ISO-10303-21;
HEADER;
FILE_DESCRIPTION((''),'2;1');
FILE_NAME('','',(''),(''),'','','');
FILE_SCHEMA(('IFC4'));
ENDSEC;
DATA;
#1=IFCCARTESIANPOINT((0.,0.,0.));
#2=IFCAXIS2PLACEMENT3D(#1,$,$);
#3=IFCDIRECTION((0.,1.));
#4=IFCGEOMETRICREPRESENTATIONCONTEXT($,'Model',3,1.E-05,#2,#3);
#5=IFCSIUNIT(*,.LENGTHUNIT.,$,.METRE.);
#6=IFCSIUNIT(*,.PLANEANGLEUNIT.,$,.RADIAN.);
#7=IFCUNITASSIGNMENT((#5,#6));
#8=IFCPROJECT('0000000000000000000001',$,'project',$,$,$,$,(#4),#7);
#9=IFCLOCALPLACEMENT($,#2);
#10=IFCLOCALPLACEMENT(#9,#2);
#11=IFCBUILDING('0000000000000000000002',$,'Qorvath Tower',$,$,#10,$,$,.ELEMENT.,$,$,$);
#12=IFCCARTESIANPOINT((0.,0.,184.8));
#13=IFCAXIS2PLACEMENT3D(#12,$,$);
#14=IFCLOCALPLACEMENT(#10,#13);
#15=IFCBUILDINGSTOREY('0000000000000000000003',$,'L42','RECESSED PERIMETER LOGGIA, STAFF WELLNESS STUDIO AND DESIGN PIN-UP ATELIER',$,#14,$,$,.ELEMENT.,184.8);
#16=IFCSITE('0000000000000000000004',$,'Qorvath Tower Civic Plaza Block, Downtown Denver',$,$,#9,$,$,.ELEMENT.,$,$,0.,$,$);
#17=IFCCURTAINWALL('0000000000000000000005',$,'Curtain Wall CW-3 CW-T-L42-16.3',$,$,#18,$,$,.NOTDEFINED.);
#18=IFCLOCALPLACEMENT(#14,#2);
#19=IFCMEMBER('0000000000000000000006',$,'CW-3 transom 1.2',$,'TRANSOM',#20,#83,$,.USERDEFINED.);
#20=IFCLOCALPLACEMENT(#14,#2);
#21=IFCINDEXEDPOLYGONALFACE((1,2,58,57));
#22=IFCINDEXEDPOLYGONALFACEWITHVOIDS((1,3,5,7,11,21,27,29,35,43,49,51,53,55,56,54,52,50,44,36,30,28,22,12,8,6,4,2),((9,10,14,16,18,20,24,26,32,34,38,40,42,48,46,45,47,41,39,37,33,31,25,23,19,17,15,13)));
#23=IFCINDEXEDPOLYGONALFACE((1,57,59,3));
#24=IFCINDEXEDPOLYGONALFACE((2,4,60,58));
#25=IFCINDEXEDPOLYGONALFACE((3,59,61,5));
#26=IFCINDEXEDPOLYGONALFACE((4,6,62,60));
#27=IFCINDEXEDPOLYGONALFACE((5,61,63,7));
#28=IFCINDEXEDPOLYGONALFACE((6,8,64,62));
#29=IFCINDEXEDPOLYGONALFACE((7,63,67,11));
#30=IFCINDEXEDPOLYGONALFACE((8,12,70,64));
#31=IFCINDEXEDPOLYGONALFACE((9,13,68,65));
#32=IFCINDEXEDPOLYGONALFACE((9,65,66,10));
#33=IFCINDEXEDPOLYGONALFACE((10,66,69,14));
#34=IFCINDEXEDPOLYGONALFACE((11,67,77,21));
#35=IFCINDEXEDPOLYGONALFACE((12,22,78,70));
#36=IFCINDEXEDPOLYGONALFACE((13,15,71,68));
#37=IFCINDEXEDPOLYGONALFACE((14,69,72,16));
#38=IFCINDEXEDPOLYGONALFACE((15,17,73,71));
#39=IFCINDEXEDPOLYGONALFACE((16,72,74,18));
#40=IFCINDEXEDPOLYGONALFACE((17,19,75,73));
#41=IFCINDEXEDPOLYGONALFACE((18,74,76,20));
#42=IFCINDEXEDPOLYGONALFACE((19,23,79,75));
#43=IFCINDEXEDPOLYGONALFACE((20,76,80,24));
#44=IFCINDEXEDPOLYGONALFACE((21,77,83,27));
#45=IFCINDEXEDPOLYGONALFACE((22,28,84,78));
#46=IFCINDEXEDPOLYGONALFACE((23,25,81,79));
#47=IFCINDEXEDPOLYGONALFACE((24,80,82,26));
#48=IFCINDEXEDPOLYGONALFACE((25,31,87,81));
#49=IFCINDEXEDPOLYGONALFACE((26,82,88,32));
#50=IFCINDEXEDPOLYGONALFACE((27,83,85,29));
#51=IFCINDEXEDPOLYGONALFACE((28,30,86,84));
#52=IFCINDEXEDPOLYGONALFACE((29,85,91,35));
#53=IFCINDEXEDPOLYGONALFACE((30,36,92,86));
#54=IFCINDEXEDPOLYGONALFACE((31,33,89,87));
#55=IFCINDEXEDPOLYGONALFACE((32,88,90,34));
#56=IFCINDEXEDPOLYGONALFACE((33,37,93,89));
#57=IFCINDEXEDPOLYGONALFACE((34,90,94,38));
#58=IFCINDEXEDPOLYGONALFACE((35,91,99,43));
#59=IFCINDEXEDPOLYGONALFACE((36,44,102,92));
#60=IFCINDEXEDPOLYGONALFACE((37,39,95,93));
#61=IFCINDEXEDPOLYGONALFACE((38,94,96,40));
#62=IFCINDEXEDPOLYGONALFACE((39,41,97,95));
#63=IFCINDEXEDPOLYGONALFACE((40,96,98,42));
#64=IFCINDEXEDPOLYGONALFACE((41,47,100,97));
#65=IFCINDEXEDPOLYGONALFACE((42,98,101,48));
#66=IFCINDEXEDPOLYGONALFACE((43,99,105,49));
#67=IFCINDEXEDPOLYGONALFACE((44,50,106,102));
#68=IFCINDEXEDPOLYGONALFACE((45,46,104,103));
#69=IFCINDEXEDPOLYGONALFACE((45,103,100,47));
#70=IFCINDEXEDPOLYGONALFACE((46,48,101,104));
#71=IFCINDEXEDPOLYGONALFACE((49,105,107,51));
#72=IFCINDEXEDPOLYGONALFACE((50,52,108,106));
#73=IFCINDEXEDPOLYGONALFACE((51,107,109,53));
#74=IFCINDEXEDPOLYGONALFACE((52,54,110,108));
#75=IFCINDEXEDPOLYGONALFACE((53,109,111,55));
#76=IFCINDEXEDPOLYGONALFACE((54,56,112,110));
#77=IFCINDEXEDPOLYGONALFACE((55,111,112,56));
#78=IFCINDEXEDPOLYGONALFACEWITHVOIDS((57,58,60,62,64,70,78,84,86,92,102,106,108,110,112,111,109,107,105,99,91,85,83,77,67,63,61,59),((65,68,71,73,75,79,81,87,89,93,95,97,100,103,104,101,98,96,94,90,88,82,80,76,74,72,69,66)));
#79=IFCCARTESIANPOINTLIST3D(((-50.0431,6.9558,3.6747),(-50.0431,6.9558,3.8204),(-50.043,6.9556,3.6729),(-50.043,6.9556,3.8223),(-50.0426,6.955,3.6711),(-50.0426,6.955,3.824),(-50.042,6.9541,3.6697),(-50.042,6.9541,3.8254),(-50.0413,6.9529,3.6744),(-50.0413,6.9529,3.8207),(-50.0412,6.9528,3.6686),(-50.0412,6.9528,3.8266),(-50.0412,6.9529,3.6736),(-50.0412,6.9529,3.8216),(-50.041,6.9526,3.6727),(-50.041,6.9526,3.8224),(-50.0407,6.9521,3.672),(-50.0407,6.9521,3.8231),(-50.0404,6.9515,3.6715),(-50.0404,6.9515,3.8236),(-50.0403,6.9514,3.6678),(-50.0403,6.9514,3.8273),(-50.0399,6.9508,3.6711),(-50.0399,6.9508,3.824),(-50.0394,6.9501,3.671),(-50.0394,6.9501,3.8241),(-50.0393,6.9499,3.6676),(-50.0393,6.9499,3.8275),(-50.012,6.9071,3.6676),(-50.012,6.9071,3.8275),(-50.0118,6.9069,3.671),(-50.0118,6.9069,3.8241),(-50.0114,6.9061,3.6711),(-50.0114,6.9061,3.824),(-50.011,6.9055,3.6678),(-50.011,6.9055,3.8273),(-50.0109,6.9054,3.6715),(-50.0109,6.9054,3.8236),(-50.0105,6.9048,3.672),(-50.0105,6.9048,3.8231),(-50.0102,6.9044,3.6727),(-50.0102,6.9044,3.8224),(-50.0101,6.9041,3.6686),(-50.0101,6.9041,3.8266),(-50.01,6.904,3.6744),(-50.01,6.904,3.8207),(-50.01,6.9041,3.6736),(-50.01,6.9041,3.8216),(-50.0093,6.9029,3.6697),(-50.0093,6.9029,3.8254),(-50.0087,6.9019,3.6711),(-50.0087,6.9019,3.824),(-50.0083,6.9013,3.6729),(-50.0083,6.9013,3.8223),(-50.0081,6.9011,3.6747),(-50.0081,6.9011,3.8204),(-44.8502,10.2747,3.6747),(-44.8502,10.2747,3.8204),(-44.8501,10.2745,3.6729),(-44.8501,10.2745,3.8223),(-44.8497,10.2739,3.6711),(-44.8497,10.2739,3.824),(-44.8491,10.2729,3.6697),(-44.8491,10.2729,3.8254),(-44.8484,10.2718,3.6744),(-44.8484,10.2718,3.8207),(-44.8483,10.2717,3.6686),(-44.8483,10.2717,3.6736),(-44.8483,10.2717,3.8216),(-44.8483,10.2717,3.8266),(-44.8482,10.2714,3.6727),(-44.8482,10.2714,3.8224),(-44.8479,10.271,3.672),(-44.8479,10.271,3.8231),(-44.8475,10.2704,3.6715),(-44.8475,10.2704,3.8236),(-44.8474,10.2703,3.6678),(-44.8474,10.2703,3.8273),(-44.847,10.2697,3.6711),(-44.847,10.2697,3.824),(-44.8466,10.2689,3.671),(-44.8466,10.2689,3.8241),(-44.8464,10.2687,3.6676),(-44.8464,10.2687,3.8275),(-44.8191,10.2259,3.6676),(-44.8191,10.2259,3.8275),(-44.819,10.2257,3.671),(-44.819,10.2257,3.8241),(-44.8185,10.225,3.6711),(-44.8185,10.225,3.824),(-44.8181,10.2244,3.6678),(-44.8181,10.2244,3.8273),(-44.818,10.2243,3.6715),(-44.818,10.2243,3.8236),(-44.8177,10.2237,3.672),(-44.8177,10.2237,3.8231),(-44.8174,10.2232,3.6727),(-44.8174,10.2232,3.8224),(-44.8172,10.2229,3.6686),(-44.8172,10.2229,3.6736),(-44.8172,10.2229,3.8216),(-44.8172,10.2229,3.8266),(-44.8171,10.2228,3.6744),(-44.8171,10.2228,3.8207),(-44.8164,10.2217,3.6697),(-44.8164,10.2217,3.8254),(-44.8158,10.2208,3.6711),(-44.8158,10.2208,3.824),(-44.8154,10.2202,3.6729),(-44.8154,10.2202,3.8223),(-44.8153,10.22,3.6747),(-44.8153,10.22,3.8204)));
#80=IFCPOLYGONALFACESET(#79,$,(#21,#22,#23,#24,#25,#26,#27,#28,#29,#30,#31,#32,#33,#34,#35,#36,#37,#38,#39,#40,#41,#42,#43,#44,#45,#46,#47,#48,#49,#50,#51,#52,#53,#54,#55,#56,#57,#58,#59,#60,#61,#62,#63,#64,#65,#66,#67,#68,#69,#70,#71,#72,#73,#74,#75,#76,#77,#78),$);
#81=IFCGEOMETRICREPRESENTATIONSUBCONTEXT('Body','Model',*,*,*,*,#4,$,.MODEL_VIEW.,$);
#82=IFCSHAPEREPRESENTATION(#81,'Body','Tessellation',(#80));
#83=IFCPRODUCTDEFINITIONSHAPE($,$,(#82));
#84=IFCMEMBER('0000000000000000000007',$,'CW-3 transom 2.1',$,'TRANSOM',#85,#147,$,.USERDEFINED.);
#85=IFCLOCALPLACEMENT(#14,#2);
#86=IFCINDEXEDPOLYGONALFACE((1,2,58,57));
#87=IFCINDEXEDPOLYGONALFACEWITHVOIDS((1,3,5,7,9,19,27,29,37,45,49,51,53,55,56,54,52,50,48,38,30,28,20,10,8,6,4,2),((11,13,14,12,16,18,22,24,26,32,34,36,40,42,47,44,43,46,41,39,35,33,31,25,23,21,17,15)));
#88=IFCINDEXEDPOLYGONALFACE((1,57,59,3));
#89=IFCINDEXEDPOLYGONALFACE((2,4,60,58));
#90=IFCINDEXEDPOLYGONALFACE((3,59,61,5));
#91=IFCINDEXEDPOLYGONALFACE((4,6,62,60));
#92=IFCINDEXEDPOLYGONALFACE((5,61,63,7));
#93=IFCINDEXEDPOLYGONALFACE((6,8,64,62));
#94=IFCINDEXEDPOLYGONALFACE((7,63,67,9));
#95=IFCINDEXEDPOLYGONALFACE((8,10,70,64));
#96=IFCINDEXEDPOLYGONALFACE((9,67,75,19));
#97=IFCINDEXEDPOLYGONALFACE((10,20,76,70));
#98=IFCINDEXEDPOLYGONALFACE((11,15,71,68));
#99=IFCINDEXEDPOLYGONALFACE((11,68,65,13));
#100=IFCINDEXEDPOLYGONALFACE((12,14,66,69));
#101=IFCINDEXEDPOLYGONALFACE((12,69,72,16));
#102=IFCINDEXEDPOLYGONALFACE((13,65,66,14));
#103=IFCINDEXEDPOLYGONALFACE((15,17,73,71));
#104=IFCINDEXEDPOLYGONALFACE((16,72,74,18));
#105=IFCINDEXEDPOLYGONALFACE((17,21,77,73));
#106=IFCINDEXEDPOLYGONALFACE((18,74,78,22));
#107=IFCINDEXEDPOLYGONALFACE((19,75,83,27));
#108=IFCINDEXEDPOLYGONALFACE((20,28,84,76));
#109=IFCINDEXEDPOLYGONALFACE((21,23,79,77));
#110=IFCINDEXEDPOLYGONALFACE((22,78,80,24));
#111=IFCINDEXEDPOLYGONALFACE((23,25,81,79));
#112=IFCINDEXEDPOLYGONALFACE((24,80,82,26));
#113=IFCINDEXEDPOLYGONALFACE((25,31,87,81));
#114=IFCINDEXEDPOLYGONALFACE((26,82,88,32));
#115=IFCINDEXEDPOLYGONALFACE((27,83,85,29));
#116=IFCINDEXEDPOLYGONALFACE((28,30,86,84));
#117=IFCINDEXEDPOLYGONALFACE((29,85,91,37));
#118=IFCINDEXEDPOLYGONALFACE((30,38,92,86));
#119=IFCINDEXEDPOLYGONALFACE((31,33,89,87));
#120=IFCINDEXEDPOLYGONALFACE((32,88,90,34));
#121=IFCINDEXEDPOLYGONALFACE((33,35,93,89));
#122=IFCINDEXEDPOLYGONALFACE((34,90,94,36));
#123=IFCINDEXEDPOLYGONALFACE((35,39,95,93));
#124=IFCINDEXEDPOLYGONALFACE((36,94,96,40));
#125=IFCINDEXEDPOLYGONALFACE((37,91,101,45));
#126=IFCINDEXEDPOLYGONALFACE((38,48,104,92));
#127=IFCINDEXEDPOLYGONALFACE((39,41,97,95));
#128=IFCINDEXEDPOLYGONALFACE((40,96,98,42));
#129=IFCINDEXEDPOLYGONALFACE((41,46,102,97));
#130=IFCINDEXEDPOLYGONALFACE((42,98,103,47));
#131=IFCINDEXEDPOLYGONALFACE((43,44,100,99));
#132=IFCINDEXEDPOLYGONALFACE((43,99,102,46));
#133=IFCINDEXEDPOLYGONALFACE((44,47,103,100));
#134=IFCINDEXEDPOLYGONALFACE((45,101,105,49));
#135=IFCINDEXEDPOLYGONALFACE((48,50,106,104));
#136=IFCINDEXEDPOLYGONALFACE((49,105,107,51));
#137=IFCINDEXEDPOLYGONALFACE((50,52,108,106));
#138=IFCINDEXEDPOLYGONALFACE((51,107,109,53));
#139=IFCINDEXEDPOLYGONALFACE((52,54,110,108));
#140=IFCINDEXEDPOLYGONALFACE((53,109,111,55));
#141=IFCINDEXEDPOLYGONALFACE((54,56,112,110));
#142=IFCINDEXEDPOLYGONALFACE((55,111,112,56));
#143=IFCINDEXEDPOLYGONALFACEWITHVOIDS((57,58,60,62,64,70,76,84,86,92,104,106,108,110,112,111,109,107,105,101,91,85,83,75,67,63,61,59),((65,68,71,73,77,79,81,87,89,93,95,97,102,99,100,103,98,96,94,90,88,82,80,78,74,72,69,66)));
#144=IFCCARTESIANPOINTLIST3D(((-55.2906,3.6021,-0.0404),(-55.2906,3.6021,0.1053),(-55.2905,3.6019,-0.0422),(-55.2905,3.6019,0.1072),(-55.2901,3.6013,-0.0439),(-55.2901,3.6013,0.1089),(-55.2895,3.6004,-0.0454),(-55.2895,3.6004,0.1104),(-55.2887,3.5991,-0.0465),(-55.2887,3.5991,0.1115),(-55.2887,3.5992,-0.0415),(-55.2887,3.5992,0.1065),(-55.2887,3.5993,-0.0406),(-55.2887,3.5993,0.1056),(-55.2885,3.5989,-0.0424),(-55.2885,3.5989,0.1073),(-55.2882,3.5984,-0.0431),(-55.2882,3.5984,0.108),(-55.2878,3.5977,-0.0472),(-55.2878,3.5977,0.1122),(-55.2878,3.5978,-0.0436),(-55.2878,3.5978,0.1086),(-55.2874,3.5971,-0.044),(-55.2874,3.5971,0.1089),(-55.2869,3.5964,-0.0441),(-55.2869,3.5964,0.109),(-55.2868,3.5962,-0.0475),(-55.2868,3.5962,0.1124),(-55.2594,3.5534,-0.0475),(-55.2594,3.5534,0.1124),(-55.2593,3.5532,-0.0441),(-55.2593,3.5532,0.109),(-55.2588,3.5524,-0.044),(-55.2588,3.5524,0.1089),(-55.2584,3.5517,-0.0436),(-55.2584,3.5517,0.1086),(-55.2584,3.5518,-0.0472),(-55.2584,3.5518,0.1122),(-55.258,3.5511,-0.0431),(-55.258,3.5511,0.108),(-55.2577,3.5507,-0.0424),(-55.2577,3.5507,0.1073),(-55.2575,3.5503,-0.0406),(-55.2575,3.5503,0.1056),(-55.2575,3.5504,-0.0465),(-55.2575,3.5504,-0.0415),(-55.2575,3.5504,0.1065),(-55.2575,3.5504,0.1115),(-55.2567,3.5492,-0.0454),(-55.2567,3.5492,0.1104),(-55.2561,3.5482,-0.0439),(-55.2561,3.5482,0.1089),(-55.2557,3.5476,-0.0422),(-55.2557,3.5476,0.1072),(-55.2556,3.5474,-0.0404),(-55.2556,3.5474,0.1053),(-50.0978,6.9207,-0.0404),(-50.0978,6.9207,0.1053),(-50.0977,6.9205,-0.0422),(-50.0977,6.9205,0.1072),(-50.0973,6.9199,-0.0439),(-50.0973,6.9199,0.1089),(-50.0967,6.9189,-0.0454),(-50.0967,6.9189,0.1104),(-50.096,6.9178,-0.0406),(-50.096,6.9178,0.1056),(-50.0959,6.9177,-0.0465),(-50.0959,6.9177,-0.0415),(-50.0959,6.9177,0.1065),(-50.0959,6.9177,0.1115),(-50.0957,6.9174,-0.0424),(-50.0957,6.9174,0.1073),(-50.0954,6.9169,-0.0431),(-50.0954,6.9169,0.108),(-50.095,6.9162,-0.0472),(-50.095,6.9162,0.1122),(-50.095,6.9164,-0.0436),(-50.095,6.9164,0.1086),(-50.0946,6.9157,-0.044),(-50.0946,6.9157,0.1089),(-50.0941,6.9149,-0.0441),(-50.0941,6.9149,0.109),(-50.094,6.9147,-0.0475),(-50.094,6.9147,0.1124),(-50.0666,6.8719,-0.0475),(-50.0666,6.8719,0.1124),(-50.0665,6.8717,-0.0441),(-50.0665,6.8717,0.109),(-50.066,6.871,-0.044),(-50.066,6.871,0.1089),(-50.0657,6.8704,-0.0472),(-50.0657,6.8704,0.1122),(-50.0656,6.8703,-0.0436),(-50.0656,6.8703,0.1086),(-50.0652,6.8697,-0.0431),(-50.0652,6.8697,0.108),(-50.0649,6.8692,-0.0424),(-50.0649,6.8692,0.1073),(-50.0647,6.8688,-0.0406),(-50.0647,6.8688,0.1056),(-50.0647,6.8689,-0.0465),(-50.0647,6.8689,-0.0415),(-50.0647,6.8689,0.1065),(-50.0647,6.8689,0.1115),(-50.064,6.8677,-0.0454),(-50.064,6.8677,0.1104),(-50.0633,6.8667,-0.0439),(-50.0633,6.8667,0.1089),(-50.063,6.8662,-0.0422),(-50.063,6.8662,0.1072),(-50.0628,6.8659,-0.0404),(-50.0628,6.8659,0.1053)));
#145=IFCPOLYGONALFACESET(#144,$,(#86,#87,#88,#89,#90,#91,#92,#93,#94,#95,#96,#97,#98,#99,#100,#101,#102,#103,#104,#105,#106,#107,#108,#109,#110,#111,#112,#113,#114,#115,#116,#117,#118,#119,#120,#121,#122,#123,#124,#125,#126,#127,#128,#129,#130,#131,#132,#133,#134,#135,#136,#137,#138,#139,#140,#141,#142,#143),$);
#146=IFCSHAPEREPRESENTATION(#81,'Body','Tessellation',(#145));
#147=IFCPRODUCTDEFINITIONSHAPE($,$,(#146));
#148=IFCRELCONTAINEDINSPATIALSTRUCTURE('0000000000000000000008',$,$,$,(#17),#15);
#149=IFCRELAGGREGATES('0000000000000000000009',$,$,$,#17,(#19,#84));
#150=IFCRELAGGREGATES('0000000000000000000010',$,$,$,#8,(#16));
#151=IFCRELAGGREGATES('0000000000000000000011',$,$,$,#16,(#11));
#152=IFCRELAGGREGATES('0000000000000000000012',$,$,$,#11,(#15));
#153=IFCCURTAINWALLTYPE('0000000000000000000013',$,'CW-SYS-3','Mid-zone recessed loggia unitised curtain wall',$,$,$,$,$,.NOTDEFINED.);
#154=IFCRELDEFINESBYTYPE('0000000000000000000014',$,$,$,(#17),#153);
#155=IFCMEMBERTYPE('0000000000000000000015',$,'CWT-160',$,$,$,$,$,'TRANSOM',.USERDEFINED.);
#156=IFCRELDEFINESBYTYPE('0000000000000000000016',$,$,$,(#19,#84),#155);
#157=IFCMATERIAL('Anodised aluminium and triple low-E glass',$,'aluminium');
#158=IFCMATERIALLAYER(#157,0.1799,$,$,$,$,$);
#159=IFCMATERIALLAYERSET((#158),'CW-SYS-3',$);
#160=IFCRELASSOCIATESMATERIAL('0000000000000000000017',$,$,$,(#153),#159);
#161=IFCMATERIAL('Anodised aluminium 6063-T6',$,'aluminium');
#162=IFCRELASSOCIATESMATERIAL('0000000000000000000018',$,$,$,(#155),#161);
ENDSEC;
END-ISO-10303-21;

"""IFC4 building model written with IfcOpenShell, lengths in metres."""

from ifc_helpers import new_model, si_unit, direction, frame, origin, origin_2d, place, context, subcontext, project, spatial, hollow_rectangle, extrude, material, layer, layer_set, material_profile, profile_set, type_object, element, aggregate, save


model = new_model("IFC4")

# Units and contexts
model_context = context("Model", 3, precision=1e-05, world=origin(), true_north=direction((0.0, 1.0)))
body_context = subcontext(model_context, "Body", "Model", "MODEL_VIEW")
ifc_project = project(units=[si_unit("LENGTHUNIT", "METRE"), si_unit("PLANEANGLEUNIT", "RADIAN")], contexts=[model_context])

# Site, building, storey
site_placement = place(None, origin())
site = spatial("IfcSite", under=ifc_project, at=site_placement, Name="Qorvath Tower Civic Plaza Block, Downtown Denver", CompositionType="ELEMENT", RefElevation=0.0)
building_placement = place(site_placement, origin())
building = spatial("IfcBuilding", under=site, at=building_placement, Name="Qorvath Tower", CompositionType="ELEMENT")
storey_placement = place(building_placement, frame((0.0, 0.0, 184.8)))
storey = spatial("IfcBuildingStorey", under=building, at=storey_placement, Name="L42", Description="RECESSED PERIMETER LOGGIA, STAFF WELLNESS STUDIO AND DESIGN PIN-UP ATELIER", CompositionType="ELEMENT", Elevation=184.8)

# Curtain wall
ifc_material_1 = material(Name="Anodised aluminium and triple low-E glass", Category="aluminium")
ifc_layer_1 = layer(ifc_material_1, 0.1799)
ifc_layer_set_1 = layer_set([ifc_layer_1], Name="CW-SYS-3")
curtain_wall_type = type_object("IfcCurtainWallType", Name="CW-SYS-3", Description="Mid-zone recessed loggia unitised curtain wall", PredefinedType="NOTDEFINED", material=ifc_layer_set_1)
curtain_wall_1_placement = place(storey_placement, origin())
curtain_wall_1 = element("IfcCurtainWall", 1, at=curtain_wall_1_placement, inside=storey, type_object=curtain_wall_type, Name="Curtain Wall CW-3 CW-T-L42-16.3", PredefinedType="NOTDEFINED")

# Members
ifc_material_2 = material(Name="Anodised aluminium 6063-T6", Category="aluminium")
ifc_material_profile_1 = material_profile(ifc_material_2, hollow_rectangle(XDim=0.0649, YDim=0.1599, WallThickness=0.0034, InnerFilletRadius=0.0034, OuterFilletRadius=0.0071, at=origin_2d()), Name="CWT 160x65")
ifc_profile_set_1 = profile_set([ifc_material_profile_1], Name="Anodised aluminium 6063-T6")
member_type_1 = type_object("IfcMemberType", Name="CWT-160", ElementType="TRANSOM", PredefinedType="USERDEFINED", material=ifc_profile_set_1)
member_1_placement = place(storey_placement, frame((-44.8328, 10.2473, 3.7476), z_axis=(-0.842609, -0.538525, 0.0), x_axis=(0.538525, -0.842609, 0.0)))
member_1 = element("IfcMember", 2, at=member_1_placement, type_object=member_type_1, Name="CW-3 transom 1.2", ObjectType="TRANSOM", PredefinedType="USERDEFINED", context=body_context, shape_type="SweptSolid", body=[
    extrude(hollow_rectangle(XDim=0.0649, YDim=0.1599, WallThickness=0.0034, InnerFilletRadius=0.0034, OuterFilletRadius=0.0071, at=origin_2d()), origin(), (0.0, 0.0, 1.0), 6.1628),
])
member_2_placement = place(storey_placement, frame((-50.0803, 6.8933, 0.0325), z_axis=(-0.842627, -0.538497, 0.0), x_axis=(0.538497, -0.842627, 0.0)))
member_2 = element("IfcMember", 3, at=member_2_placement, type_object=member_type_1, Name="CW-3 transom 2.1", ObjectType="TRANSOM", PredefinedType="USERDEFINED", context=body_context, shape_type="SweptSolid", body=[
    extrude(hollow_rectangle(XDim=0.0649, YDim=0.1599, WallThickness=0.0034, InnerFilletRadius=0.0034, OuterFilletRadius=0.0071, at=origin_2d()), origin(), (0.0, 0.0, 1.0), 6.1626),
])

aggregate(curtain_wall_1, [member_1, member_2])

save(model, "model.ifc")
